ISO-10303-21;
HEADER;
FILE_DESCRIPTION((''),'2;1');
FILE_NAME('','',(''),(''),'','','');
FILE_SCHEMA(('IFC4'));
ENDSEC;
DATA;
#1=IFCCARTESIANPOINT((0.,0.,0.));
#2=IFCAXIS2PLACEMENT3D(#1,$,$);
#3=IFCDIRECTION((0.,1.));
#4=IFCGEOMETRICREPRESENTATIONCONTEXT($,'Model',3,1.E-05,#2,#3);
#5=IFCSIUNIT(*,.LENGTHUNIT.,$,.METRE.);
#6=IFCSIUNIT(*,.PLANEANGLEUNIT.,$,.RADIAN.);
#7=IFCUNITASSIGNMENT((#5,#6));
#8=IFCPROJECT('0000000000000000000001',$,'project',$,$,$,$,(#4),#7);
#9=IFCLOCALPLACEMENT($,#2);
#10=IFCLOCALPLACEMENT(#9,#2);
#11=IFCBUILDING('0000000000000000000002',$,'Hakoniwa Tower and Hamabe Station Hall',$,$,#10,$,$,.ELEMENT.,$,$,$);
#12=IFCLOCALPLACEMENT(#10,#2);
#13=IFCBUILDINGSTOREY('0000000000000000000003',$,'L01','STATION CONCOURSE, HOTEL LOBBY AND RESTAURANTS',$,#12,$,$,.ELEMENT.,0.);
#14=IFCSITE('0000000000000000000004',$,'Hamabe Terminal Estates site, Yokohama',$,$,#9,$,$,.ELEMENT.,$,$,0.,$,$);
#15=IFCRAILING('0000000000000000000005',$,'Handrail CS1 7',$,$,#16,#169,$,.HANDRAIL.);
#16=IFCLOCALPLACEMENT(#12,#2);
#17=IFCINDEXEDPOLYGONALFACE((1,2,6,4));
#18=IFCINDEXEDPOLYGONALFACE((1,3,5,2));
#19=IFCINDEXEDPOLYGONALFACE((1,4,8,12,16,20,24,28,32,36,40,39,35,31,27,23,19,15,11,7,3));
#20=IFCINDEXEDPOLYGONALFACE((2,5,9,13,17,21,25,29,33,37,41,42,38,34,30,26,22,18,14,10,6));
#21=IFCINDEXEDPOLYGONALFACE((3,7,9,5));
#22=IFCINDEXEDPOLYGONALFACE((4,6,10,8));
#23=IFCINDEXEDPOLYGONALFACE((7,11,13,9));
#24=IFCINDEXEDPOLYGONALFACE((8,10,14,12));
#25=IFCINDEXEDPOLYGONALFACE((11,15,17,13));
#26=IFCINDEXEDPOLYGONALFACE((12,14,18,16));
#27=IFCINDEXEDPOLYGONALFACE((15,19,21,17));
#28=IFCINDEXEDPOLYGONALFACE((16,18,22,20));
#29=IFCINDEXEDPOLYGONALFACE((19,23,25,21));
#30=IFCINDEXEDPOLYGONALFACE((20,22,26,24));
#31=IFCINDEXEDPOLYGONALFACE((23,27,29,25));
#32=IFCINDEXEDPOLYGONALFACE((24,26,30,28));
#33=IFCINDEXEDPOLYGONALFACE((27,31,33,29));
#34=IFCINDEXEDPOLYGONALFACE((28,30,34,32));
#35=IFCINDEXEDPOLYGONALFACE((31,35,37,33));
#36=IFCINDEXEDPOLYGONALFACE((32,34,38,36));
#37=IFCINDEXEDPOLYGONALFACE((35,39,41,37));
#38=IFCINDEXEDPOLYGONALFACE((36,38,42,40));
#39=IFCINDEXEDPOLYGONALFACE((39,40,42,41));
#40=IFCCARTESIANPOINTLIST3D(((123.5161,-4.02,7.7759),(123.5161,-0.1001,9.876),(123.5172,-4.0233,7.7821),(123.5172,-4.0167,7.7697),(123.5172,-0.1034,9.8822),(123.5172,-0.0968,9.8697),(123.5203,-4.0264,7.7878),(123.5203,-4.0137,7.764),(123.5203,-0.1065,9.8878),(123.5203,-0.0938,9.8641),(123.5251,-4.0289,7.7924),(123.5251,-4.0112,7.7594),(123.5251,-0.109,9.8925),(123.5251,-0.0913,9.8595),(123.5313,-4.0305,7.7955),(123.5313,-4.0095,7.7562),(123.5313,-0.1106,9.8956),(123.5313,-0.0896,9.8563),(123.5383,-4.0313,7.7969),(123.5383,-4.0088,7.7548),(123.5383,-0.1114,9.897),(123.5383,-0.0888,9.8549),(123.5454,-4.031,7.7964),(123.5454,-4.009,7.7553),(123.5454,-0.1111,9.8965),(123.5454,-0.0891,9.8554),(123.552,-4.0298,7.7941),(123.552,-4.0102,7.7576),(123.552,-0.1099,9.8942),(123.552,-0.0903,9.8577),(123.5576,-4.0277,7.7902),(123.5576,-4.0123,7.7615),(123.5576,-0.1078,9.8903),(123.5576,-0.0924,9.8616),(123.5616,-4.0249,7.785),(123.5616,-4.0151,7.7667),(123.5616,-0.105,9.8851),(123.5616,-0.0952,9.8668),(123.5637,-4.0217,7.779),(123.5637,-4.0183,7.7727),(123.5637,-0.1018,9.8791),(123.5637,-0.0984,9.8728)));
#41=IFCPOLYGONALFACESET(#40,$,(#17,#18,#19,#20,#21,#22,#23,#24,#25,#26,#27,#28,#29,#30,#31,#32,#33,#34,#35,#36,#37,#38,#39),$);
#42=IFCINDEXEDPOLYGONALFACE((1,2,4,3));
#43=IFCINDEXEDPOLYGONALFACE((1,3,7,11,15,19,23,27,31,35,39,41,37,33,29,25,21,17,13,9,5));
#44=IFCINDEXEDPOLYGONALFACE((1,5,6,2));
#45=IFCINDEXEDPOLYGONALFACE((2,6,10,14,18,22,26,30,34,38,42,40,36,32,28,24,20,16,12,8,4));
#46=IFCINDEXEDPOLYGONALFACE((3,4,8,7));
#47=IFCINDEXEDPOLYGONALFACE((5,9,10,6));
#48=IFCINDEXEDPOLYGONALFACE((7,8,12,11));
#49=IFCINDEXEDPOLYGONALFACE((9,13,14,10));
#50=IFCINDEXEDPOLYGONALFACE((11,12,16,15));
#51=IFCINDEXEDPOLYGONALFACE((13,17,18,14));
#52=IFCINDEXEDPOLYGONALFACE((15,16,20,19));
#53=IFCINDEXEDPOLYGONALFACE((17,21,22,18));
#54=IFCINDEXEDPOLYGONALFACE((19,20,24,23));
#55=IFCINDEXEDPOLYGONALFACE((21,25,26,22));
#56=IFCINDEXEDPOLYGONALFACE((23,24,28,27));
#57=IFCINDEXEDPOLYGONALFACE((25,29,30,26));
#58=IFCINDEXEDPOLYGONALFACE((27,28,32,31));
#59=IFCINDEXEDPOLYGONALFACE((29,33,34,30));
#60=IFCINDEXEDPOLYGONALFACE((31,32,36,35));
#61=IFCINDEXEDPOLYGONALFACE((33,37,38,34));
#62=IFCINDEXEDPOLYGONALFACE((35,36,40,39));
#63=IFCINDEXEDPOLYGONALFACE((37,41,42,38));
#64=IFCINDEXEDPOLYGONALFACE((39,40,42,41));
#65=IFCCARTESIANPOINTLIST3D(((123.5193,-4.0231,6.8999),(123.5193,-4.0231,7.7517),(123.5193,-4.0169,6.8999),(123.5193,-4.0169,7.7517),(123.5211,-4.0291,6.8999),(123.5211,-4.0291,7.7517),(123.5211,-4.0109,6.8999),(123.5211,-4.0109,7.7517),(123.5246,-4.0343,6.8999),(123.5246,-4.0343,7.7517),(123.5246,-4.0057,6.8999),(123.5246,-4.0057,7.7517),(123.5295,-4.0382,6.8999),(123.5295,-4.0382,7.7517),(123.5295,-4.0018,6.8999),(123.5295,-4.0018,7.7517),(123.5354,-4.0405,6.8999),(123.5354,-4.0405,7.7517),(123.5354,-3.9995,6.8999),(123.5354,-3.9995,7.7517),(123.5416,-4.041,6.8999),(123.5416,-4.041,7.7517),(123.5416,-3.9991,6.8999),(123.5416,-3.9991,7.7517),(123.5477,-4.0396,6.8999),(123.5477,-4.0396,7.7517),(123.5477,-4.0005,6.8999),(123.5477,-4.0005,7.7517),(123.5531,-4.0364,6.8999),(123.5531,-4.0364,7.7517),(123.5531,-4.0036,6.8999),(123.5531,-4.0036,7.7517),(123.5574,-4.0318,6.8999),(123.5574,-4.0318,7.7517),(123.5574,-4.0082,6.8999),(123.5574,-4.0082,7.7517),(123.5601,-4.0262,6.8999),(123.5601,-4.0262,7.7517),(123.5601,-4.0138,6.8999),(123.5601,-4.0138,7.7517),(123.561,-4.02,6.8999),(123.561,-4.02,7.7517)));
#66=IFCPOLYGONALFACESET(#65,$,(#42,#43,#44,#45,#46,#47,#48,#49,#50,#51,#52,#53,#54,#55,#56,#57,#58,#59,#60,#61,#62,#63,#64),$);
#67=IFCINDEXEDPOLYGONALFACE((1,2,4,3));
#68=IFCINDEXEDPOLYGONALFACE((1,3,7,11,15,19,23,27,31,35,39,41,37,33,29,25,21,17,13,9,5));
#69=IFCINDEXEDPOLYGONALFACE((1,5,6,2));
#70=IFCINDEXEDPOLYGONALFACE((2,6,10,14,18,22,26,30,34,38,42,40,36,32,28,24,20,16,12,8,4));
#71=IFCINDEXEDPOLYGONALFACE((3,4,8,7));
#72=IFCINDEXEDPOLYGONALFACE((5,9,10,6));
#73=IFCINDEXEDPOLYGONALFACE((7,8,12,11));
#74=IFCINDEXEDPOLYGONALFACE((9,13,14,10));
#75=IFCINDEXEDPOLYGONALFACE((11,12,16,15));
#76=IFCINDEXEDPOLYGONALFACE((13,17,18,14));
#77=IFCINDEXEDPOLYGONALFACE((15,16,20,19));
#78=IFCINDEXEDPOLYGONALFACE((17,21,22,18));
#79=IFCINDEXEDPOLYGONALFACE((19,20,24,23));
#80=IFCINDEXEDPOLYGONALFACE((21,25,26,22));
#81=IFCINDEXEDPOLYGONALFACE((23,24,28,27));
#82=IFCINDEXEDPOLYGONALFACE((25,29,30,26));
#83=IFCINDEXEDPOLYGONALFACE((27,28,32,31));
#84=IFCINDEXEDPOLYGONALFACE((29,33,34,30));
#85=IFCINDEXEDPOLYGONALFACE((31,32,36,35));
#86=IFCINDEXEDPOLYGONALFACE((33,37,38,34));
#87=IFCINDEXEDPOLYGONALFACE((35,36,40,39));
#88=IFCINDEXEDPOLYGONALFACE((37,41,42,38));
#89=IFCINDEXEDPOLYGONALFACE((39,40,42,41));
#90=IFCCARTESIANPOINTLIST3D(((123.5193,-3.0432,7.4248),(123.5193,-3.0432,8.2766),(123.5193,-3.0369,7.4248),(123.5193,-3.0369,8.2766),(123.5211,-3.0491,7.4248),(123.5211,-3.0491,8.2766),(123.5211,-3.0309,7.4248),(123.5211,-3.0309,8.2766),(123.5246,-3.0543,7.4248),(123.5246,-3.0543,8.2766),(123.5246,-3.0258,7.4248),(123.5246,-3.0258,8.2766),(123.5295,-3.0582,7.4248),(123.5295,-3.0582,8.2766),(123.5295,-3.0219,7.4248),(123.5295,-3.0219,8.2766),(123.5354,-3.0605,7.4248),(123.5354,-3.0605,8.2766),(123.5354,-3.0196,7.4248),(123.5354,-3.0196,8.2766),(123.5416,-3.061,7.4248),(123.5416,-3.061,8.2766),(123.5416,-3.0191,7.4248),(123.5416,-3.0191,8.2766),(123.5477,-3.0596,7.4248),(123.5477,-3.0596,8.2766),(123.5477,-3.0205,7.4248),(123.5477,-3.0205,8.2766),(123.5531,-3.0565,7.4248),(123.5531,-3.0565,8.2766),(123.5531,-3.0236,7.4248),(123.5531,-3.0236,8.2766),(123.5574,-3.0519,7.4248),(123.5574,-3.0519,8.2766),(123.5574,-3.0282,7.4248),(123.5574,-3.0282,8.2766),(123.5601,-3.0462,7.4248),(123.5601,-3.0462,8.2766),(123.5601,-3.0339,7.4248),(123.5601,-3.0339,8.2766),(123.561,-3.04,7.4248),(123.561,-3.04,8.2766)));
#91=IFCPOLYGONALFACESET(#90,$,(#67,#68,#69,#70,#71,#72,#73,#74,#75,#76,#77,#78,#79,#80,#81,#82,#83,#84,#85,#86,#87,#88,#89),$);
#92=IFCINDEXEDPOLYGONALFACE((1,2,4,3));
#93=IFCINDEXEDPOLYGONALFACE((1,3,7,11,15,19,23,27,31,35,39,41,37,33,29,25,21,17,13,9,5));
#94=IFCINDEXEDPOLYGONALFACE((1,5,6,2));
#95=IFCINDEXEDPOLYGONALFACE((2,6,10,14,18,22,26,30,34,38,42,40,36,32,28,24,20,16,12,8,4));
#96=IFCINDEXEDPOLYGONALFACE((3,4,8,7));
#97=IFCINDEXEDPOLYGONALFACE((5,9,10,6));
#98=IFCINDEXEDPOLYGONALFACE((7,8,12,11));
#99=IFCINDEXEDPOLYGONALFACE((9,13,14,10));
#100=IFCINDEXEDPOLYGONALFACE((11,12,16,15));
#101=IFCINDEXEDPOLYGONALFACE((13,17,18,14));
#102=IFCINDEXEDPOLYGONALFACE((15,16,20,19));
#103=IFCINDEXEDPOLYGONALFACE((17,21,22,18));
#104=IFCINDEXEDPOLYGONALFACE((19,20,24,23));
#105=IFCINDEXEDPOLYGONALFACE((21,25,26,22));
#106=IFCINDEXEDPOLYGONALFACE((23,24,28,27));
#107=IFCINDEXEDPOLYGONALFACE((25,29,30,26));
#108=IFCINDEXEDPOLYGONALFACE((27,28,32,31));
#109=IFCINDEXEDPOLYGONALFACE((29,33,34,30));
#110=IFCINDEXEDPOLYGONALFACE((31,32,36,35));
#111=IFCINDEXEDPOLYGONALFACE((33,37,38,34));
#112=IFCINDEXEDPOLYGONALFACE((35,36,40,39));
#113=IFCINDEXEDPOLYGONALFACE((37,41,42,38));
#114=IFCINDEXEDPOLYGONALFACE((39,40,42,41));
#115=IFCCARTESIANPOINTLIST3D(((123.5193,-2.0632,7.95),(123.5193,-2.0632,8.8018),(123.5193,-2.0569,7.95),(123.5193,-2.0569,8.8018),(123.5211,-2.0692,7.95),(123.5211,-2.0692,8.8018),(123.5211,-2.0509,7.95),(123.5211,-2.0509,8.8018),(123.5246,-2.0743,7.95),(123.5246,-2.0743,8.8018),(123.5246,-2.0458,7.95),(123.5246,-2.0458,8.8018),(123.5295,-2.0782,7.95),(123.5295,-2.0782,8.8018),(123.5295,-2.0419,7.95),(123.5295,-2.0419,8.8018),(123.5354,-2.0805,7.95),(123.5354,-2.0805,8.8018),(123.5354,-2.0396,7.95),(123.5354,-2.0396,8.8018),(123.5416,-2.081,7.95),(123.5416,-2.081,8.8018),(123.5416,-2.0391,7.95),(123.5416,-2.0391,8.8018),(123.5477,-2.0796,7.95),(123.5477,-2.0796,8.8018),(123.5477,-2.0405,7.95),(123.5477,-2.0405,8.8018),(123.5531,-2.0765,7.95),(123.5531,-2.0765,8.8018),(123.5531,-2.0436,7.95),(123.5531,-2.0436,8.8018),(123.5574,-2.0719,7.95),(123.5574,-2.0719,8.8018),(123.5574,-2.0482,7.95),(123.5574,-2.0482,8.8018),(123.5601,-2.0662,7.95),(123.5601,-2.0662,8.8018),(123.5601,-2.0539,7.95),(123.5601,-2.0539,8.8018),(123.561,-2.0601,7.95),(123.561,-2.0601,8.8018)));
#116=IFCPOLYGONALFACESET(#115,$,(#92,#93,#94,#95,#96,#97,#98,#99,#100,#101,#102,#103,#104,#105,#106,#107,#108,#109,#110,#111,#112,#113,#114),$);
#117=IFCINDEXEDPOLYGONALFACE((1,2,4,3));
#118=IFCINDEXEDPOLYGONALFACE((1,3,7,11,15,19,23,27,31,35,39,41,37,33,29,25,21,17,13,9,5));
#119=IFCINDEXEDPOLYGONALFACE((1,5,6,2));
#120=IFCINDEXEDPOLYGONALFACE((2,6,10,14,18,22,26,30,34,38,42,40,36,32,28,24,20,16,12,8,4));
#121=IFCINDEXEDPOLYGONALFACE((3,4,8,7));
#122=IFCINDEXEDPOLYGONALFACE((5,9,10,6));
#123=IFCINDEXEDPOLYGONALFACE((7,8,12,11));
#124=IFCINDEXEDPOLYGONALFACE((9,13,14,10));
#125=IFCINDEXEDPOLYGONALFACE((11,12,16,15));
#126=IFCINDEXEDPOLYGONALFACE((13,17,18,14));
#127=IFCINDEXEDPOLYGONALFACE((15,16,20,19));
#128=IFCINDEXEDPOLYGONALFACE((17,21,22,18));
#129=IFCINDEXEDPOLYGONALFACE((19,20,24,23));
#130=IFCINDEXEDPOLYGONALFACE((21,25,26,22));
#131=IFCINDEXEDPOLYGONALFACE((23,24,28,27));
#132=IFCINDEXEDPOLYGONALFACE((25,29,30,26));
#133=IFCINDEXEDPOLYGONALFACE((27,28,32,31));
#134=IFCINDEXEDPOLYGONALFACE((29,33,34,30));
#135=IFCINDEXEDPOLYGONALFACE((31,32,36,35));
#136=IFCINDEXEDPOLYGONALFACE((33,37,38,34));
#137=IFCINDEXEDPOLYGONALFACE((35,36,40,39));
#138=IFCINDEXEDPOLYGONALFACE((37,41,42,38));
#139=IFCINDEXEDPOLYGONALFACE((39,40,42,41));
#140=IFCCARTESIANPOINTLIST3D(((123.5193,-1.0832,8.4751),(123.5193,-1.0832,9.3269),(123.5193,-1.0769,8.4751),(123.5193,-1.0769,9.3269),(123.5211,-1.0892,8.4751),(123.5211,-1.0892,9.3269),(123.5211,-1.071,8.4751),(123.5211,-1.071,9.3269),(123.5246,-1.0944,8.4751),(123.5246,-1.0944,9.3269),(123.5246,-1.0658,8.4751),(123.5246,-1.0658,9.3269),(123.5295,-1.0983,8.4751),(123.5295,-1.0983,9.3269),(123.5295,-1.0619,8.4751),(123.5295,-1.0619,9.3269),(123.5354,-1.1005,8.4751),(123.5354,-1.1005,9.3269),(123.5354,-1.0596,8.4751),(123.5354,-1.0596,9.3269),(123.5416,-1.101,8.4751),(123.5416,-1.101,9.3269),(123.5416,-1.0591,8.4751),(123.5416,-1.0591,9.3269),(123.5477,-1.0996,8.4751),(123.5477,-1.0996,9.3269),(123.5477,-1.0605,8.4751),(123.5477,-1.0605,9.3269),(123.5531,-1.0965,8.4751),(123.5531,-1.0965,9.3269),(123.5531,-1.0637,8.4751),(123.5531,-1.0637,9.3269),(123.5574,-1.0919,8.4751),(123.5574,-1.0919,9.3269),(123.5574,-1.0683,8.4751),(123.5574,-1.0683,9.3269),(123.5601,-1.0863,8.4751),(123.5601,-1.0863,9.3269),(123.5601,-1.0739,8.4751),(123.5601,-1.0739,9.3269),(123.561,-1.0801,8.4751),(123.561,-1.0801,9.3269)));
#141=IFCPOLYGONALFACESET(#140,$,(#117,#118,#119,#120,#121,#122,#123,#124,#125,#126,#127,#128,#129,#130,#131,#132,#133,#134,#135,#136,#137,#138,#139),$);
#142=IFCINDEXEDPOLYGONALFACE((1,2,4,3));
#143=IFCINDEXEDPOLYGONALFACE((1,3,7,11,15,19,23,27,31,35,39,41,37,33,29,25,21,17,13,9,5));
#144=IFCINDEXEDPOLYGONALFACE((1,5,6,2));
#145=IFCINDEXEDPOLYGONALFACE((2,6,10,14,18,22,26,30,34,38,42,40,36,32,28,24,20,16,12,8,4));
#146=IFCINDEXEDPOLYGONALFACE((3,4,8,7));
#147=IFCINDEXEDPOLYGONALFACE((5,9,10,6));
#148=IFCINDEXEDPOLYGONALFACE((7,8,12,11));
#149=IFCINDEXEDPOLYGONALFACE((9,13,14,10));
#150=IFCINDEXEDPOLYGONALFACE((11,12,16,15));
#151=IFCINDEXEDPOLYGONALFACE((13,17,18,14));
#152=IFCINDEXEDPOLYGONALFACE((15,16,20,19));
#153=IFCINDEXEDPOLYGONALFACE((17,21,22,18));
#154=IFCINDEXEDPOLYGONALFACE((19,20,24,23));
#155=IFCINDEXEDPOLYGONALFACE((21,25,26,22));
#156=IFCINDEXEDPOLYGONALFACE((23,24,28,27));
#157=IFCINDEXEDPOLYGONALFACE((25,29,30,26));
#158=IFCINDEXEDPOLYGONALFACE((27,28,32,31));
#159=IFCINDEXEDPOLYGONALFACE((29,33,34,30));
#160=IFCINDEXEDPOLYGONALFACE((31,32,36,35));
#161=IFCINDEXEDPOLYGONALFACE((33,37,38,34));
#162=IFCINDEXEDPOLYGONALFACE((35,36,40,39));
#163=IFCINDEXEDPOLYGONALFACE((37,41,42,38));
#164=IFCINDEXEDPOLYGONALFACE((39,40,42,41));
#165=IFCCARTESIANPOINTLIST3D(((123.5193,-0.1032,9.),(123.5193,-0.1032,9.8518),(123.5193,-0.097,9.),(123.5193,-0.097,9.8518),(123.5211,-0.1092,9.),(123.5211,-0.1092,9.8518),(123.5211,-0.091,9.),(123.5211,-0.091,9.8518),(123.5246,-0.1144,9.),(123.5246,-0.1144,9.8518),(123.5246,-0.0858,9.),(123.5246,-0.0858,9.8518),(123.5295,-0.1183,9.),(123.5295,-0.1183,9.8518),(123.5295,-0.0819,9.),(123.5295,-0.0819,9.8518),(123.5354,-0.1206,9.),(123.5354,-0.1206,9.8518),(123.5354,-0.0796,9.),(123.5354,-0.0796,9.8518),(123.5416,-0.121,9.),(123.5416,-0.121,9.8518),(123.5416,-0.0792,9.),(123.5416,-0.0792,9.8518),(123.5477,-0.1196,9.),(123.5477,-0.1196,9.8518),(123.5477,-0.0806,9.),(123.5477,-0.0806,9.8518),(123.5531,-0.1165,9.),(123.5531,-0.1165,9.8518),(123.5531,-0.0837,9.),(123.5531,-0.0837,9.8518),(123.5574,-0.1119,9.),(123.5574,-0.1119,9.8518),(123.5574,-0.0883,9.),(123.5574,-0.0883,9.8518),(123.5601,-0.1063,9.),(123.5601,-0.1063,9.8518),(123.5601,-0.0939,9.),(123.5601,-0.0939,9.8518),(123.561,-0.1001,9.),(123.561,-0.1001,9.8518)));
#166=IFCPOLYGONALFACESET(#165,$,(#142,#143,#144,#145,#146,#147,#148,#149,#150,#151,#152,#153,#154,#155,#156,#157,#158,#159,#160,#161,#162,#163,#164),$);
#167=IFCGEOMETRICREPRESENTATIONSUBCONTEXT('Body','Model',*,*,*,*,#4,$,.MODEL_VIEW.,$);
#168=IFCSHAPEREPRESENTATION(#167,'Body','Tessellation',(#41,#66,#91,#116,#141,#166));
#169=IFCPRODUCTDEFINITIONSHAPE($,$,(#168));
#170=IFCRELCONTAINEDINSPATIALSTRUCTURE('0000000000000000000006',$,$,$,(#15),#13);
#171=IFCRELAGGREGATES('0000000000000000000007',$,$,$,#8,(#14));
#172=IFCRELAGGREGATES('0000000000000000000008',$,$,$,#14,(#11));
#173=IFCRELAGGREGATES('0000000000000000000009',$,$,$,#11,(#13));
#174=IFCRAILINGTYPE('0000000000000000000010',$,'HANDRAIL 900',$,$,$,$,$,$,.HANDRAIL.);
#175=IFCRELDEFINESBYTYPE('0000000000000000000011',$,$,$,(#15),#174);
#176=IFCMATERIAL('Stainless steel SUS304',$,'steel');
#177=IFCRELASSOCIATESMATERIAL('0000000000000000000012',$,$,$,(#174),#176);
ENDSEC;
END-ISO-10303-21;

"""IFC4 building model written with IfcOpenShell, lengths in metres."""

from ifc_helpers import new_model, si_unit, direction, frame, origin, origin_2d, place, context, subcontext, project, spatial, circle, extrude, material, type_object, element, save


model = new_model("IFC4")

# Units and contexts
model_context = context("Model", 3, precision=1e-05, world=origin(), true_north=direction((0.0, 1.0)))
body_context = subcontext(model_context, "Body", "Model", "MODEL_VIEW")
ifc_project = project(units=[si_unit("LENGTHUNIT", "METRE"), si_unit("PLANEANGLEUNIT", "RADIAN")], contexts=[model_context])

# Site, building, storey
site_placement = place(None, origin())
site = spatial("IfcSite", under=ifc_project, at=site_placement, Name="Hamabe Terminal Estates site, Yokohama", CompositionType="ELEMENT", RefElevation=0.0)
building_placement = place(site_placement, origin())
building = spatial("IfcBuilding", under=site, at=building_placement, Name="Hakoniwa Tower and Hamabe Station Hall", CompositionType="ELEMENT")
storey_placement = place(building_placement, origin())
storey = spatial("IfcBuildingStorey", under=building, at=storey_placement, Name="L01", Description="STATION CONCOURSE, HOTEL LOBBY AND RESTAURANTS", CompositionType="ELEMENT", Elevation=0.0)

# Railing
ifc_material_1 = material(Name="Stainless steel SUS304", Category="steel")
railing_type_1 = type_object("IfcRailingType", Name="HANDRAIL 900", PredefinedType="HANDRAIL", material=ifc_material_1)
for number, where, name in (
    (1, (123.54, -4.02, 6.8999), "Handrail CS1 7"),
):
    element("IfcRailing", number, at=place(storey_placement, frame(where)), inside=storey, type_object=railing_type_1, Name=name, PredefinedType="HANDRAIL", context=body_context, shape_type="SweptSolid", body=[
        extrude(circle(Radius=0.0239, at=origin_2d()), frame((0.0, 0.0, 0.876), z_axis=(0.0, 0.881467, 0.472246), x_axis=(-1.0, 0.0, 0.0)), (0.0, 0.0, 1.0), 4.447),
        extrude(circle(Radius=0.021, at=origin_2d()), origin(), (0.0, 0.0, 1.0), 0.8518),
        extrude(circle(Radius=0.021, at=origin_2d()), frame((0.0, 0.98, 0.5249)), (0.0, 0.0, 1.0), 0.8518),
        extrude(circle(Radius=0.021, at=origin_2d()), frame((0.0, 1.96, 1.05)), (0.0, 0.0, 1.0), 0.8518),
        extrude(circle(Radius=0.021, at=origin_2d()), frame((0.0, 2.9399, 1.5752)), (0.0, 0.0, 1.0), 0.8518),
        extrude(circle(Radius=0.021, at=origin_2d()), frame((0.0, 3.9199, 2.1001)), (0.0, 0.0, 1.0), 0.8518),
    ])

save(model, "model.ifc")
